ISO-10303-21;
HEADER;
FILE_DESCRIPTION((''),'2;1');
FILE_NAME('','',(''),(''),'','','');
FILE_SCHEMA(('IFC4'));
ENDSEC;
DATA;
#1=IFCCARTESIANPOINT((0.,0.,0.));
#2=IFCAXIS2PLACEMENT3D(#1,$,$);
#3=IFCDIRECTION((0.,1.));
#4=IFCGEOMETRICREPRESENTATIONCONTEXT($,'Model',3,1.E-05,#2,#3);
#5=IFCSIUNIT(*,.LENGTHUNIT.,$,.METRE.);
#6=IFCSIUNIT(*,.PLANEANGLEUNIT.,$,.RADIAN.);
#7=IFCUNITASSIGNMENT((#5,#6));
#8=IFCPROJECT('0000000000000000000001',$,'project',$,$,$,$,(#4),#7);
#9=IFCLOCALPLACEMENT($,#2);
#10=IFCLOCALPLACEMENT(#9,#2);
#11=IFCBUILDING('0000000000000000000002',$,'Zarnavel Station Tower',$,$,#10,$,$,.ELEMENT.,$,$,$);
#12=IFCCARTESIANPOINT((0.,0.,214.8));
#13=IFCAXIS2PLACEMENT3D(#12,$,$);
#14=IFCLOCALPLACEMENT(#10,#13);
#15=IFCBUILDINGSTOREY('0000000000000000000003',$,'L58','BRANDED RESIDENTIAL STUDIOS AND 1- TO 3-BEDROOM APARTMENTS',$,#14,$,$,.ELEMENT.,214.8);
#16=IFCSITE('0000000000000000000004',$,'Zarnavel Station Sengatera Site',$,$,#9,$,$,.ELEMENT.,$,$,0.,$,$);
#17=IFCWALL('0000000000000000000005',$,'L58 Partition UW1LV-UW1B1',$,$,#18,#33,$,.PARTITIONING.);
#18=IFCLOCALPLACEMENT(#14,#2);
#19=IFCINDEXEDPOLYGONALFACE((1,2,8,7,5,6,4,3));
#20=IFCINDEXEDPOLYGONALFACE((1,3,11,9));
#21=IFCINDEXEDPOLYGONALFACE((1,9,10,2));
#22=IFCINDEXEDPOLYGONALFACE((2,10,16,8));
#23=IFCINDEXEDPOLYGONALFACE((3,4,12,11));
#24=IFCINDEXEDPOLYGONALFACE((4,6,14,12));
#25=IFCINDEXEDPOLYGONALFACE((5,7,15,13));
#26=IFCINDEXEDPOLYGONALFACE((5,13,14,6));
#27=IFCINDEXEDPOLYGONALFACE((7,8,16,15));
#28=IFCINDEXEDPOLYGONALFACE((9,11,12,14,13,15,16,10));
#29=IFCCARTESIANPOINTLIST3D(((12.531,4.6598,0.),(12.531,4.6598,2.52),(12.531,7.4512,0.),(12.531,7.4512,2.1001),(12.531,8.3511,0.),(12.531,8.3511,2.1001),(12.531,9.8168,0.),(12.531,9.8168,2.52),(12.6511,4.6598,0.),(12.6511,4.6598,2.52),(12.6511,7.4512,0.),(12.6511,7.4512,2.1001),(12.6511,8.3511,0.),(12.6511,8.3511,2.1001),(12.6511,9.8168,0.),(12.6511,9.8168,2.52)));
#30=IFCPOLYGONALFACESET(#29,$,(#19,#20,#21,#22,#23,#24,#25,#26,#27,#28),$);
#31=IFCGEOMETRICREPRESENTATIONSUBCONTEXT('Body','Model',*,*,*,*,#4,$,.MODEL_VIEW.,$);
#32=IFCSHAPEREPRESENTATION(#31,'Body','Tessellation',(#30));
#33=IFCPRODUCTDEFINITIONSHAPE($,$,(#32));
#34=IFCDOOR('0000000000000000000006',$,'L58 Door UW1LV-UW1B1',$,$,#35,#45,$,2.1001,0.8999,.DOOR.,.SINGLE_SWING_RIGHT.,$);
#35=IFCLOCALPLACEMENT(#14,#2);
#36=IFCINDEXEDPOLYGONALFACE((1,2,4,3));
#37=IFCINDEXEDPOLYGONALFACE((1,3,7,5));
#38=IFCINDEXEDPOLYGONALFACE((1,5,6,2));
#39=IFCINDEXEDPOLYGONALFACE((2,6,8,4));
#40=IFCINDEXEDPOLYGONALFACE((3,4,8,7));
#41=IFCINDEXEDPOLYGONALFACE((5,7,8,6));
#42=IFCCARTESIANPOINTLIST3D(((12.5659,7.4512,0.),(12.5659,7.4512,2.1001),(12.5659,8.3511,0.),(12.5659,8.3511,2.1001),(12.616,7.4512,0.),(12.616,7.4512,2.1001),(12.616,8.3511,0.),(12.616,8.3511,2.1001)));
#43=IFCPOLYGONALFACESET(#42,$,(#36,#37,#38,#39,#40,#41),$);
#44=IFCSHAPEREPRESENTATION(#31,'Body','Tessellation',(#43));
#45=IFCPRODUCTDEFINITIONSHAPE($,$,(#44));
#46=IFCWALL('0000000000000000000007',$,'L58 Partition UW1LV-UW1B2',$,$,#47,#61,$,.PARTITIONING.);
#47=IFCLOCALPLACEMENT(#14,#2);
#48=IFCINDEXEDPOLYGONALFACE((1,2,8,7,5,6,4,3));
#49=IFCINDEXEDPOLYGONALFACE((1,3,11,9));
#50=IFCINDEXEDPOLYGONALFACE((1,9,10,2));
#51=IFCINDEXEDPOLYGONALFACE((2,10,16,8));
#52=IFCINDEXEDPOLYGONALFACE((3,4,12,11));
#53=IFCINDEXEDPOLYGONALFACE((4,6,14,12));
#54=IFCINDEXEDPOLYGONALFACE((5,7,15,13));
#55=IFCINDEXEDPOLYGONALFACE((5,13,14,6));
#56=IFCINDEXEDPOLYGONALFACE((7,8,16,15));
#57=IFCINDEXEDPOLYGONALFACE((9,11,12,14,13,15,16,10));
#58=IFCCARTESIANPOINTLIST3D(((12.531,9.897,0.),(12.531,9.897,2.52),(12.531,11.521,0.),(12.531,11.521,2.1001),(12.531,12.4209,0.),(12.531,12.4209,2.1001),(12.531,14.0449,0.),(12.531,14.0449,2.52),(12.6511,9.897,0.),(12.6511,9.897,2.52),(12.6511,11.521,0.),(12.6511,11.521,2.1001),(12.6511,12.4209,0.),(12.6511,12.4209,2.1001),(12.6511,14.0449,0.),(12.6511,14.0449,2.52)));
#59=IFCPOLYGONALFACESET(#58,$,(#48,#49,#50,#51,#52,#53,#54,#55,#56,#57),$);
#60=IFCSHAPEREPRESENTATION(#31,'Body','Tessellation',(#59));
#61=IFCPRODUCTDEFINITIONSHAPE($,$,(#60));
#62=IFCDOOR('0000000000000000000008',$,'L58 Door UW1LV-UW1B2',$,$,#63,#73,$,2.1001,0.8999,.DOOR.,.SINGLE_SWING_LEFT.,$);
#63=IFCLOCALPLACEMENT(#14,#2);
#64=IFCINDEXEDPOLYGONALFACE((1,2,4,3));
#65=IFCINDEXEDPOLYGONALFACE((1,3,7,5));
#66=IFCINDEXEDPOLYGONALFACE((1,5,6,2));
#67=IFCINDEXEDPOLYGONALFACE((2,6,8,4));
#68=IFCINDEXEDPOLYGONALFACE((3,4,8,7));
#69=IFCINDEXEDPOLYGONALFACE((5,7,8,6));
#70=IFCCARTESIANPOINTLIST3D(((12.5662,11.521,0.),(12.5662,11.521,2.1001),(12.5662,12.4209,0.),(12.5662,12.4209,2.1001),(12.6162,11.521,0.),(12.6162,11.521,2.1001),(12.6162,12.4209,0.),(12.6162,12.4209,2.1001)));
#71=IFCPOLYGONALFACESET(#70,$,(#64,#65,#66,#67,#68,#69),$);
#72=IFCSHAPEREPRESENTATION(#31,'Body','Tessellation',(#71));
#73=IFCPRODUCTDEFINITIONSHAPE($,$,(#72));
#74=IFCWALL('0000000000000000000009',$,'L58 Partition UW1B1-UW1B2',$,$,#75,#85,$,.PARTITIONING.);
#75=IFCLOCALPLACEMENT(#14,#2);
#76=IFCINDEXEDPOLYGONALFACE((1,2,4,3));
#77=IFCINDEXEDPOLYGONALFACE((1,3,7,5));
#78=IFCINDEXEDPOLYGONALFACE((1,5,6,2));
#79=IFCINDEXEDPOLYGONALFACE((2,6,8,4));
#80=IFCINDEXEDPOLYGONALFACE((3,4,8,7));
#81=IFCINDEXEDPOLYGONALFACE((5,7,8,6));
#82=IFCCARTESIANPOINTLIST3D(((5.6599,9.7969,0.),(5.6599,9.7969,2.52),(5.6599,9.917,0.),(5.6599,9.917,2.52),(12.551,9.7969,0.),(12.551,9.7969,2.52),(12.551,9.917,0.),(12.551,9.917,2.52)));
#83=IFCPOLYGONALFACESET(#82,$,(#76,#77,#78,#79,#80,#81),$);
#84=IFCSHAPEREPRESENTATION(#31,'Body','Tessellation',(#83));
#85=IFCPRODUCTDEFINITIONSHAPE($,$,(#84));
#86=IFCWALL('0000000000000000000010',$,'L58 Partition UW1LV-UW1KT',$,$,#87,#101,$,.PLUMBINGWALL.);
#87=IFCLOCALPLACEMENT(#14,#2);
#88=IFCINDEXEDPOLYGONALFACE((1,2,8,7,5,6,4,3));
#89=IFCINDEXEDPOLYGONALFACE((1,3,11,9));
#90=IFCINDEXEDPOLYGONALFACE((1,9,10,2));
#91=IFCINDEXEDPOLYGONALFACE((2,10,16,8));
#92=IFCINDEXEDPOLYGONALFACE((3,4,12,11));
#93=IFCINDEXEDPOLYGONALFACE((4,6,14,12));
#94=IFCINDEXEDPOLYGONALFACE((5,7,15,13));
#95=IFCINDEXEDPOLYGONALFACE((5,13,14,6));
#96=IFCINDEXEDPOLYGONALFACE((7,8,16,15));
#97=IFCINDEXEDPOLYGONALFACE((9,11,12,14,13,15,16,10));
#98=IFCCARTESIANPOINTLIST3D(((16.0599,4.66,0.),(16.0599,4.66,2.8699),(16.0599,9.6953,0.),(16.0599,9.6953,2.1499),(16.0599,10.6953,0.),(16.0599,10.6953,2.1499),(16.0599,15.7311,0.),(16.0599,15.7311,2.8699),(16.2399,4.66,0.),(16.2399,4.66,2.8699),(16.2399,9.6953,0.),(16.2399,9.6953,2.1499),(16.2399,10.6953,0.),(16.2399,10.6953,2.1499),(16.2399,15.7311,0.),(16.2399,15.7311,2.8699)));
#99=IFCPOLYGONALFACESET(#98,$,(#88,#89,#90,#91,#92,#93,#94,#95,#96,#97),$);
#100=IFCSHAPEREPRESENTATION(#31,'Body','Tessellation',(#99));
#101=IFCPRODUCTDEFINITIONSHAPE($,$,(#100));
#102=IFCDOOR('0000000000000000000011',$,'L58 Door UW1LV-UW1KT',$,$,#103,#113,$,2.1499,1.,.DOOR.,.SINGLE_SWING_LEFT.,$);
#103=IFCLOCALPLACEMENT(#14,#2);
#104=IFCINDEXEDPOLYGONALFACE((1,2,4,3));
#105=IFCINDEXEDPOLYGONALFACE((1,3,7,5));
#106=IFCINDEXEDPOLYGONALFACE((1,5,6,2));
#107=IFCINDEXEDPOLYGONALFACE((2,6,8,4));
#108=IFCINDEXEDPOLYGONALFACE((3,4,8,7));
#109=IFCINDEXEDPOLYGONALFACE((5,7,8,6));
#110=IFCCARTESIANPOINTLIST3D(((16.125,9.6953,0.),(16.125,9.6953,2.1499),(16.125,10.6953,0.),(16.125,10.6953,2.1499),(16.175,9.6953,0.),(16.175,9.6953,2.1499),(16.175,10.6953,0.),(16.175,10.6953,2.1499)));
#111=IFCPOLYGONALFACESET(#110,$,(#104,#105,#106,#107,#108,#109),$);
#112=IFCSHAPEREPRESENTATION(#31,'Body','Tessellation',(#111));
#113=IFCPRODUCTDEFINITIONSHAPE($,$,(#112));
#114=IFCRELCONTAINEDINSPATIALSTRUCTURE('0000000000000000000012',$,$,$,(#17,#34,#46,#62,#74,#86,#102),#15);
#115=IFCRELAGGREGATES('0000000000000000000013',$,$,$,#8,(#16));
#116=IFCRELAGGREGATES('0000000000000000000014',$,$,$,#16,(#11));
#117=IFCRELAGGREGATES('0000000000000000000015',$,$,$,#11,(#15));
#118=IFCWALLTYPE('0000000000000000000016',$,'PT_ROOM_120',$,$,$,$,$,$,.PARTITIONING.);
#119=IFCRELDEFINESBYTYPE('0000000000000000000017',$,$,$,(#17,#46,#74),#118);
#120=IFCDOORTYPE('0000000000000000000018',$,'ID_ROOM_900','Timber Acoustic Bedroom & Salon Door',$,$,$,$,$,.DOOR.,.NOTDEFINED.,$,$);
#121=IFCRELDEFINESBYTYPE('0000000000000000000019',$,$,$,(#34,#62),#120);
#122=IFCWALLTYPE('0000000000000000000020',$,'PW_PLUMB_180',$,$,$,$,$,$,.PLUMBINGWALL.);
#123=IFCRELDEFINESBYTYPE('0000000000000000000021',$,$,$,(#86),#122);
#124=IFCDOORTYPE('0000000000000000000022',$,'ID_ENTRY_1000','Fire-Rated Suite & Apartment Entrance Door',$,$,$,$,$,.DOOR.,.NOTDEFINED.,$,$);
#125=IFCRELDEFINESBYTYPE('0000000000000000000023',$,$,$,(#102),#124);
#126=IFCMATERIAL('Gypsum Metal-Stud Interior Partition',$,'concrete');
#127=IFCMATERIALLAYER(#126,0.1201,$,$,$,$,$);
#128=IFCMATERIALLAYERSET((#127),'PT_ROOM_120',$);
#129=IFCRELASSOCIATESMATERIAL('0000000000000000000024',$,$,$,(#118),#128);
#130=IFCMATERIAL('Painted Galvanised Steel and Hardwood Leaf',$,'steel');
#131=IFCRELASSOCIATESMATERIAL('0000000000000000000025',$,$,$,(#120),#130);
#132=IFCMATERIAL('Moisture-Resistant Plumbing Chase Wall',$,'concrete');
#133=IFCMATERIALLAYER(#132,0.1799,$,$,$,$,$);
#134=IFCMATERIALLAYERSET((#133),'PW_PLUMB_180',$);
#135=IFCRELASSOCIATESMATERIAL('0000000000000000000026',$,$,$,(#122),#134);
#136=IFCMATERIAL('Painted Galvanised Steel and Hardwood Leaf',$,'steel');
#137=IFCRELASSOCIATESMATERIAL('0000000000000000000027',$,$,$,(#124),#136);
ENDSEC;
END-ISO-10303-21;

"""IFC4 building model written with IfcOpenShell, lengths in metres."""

from ifc_helpers import new_model, si_unit, direction, frame, frame_2d, origin, place, context, subcontext, project, spatial, rectangle, extrude, material, layer, layer_set, type_object, element, fill, save


model = new_model("IFC4")

# Units and contexts
model_context = context("Model", 3, precision=1e-05, world=origin(), true_north=direction((0.0, 1.0)))
body_context = subcontext(model_context, "Body", "Model", "MODEL_VIEW")
ifc_project = project(units=[si_unit("LENGTHUNIT", "METRE"), si_unit("PLANEANGLEUNIT", "RADIAN")], contexts=[model_context])

# Site, building, storey
site_placement = place(None, origin())
site = spatial("IfcSite", under=ifc_project, at=site_placement, Name="Zarnavel Station Sengatera Site", CompositionType="ELEMENT", RefElevation=0.0)
building_placement = place(site_placement, origin())
building = spatial("IfcBuilding", under=site, at=building_placement, Name="Zarnavel Station Tower", CompositionType="ELEMENT")
storey_placement = place(building_placement, frame((0.0, 0.0, 214.8)))
storey = spatial("IfcBuildingStorey", under=building, at=storey_placement, Name="L58", Description="BRANDED RESIDENTIAL STUDIOS AND 1- TO 3-BEDROOM APARTMENTS", CompositionType="ELEMENT", Elevation=214.8)

# Walls, openings, doors
ifc_material_1 = material(Name="Gypsum Metal-Stud Interior Partition", Category="concrete")
ifc_layer_1 = layer(ifc_material_1, 0.1201)
ifc_layer_set_1 = layer_set([ifc_layer_1], Name="PT_ROOM_120")
wall_type_1 = type_object("IfcWallType", Name="PT_ROOM_120", PredefinedType="PARTITIONING", material=ifc_layer_set_1)
wall_1_placement = place(storey_placement, frame((12.5911, 9.8169, 0.0), z_axis=(0.0, 0.0, 1.0), x_axis=(0.0, -1.0, 0.0)))
wall_1 = element("IfcWall", 1, at=wall_1_placement, inside=storey, type_object=wall_type_1, Name="L58 Partition UW1LV-UW1B1", PredefinedType="PARTITIONING", context=body_context, shape_type="SweptSolid", body=[
    extrude(rectangle(XDim=5.157, YDim=0.1201, at=frame_2d((2.5786, 0.0))), origin(), (0.0, 0.0, 1.0), 2.52),
])
opening_1_placement = place(wall_1_placement, frame((1.4658, 0.0, 0.0)))
opening_1 = element("IfcOpeningElement", 2, at=opening_1_placement, cuts=wall_1, PredefinedType="OPENING", context=body_context, shape_type="SweptSolid", body=[
    extrude(rectangle(XDim=0.8999, YDim=2.1001, at=frame_2d((0.45, 1.05))), frame((0.0, 0.0701, 0.0), z_axis=(0.0, -1.0, 0.0), x_axis=(1.0, 0.0, 0.0)), (0.0, 0.0, 1.0), 0.1401),
])
ifc_material_2 = material(Name="Painted Galvanised Steel and Hardwood Leaf", Category="steel")
door_type_1 = type_object("IfcDoorType", Name="ID_ROOM_900", Description="Timber Acoustic Bedroom & Salon Door", OperationType="NOTDEFINED", PredefinedType="DOOR", material=ifc_material_2)
door_1_placement = place(opening_1_placement, origin())
door_1 = element("IfcDoor", 3, at=door_1_placement, inside=storey, type_object=door_type_1, Name="L58 Door UW1LV-UW1B1", OperationType="SINGLE_SWING_RIGHT", OverallHeight=2.1001, OverallWidth=0.8999, PredefinedType="DOOR", context=body_context, shape_type="SweptSolid", body=[
    extrude(rectangle(XDim=0.8999, YDim=2.1001, at=frame_2d((0.45, 1.05))), frame((0.0, 0.0249, 0.0), z_axis=(0.0, -1.0, 0.0), x_axis=(1.0, 0.0, 0.0)), (0.0, 0.0, 1.0), 0.05),
])
fill(opening_1, door_1)
wall_2_placement = place(storey_placement, frame((12.5911, 9.897, 0.0), z_axis=(0.0, 0.0, 1.0), x_axis=(0.0, 1.0, 0.0)))
wall_2 = element("IfcWall", 4, at=wall_2_placement, inside=storey, type_object=wall_type_1, Name="L58 Partition UW1LV-UW1B2", PredefinedType="PARTITIONING", context=body_context, shape_type="SweptSolid", body=[
    extrude(rectangle(XDim=4.1479, YDim=0.1201, at=frame_2d((2.074, 0.0))), origin(), (0.0, 0.0, 1.0), 2.52),
])
opening_2_placement = place(wall_2_placement, frame((1.624, 0.0, 0.0)))
opening_2 = element("IfcOpeningElement", 5, at=opening_2_placement, cuts=wall_2, PredefinedType="OPENING", context=body_context, shape_type="SweptSolid", body=[
    extrude(rectangle(XDim=0.8999, YDim=2.1001, at=frame_2d((0.45, 1.05))), frame((0.0, 0.0701, 0.0), z_axis=(0.0, -1.0, 0.0), x_axis=(1.0, 0.0, 0.0)), (0.0, 0.0, 1.0), 0.1401),
])
door_2_placement = place(opening_2_placement, origin())
door_2 = element("IfcDoor", 6, at=door_2_placement, inside=storey, type_object=door_type_1, Name="L58 Door UW1LV-UW1B2", OperationType="SINGLE_SWING_LEFT", OverallHeight=2.1001, OverallWidth=0.8999, PredefinedType="DOOR", context=body_context, shape_type="SweptSolid", body=[
    extrude(rectangle(XDim=0.8999, YDim=2.1001, at=frame_2d((0.45, 1.05))), frame((0.0, 0.0249, 0.0), z_axis=(0.0, -1.0, 0.0), x_axis=(1.0, 0.0, 0.0)), (0.0, 0.0, 1.0), 0.05),
])
fill(opening_2, door_2)

# Wall
wall_3_placement = place(storey_placement, frame((5.6599, 9.8569, 0.0), z_axis=(0.0, 0.0, 1.0), x_axis=(1.0, 0.0, 0.0)))
element("IfcWall", 7, at=wall_3_placement, inside=storey, type_object=wall_type_1, Name="L58 Partition UW1B1-UW1B2", PredefinedType="PARTITIONING", context=body_context, shape_type="SweptSolid", body=[
    extrude(rectangle(XDim=6.8911, YDim=0.1201, at=frame_2d((3.4456, 0.0))), origin(), (0.0, 0.0, 1.0), 2.52),
])

# Wall, opening, door
ifc_material_3 = material(Name="Moisture-Resistant Plumbing Chase Wall", Category="concrete")
ifc_layer_2 = layer(ifc_material_3, 0.1799)
ifc_layer_set_2 = layer_set([ifc_layer_2], Name="PW_PLUMB_180")
wall_type_2 = type_object("IfcWallType", Name="PW_PLUMB_180", PredefinedType="PLUMBINGWALL", material=ifc_layer_set_2)
wall_4_placement = place(storey_placement, frame((16.1499, 4.6599, 0.0), z_axis=(0.0, 0.0, 1.0), x_axis=(0.0, 1.0, 0.0)))
wall_4 = element("IfcWall", 8, at=wall_4_placement, inside=storey, type_object=wall_type_2, Name="L58 Partition UW1LV-UW1KT", PredefinedType="PLUMBINGWALL", context=body_context, shape_type="SweptSolid", body=[
    extrude(rectangle(XDim=11.071, YDim=0.1799, at=frame_2d((5.5356, 0.0))), origin(), (0.0, 0.0, 1.0), 2.8699),
])
opening_3_placement = place(wall_4_placement, frame((5.0354, 0.0, 0.0)))
opening_3 = element("IfcOpeningElement", 9, at=opening_3_placement, cuts=wall_4, PredefinedType="OPENING", context=body_context, shape_type="SweptSolid", body=[
    extrude(rectangle(XDim=1.0, YDim=2.1499, at=frame_2d((0.5, 1.075))), frame((0.0, 0.0999, 0.0), z_axis=(0.0, -1.0, 0.0), x_axis=(1.0, 0.0, 0.0)), (0.0, 0.0, 1.0), 0.2),
])
ifc_material_4 = material(Name="Painted Galvanised Steel and Hardwood Leaf", Category="steel")
door_type_2 = type_object("IfcDoorType", Name="ID_ENTRY_1000", Description="Fire-Rated Suite & Apartment Entrance Door", OperationType="NOTDEFINED", PredefinedType="DOOR", material=ifc_material_4)
door_3_placement = place(opening_3_placement, origin())
door_3 = element("IfcDoor", 10, at=door_3_placement, inside=storey, type_object=door_type_2, Name="L58 Door UW1LV-UW1KT", OperationType="SINGLE_SWING_LEFT", OverallHeight=2.1499, OverallWidth=1.0, PredefinedType="DOOR", context=body_context, shape_type="SweptSolid", body=[
    extrude(rectangle(XDim=1.0, YDim=2.1499, at=frame_2d((0.5, 1.075))), frame((0.0, 0.0249, 0.0), z_axis=(0.0, -1.0, 0.0), x_axis=(1.0, 0.0, 0.0)), (0.0, 0.0, 1.0), 0.05),
])
fill(opening_3, door_3)

save(model, "model.ifc")
